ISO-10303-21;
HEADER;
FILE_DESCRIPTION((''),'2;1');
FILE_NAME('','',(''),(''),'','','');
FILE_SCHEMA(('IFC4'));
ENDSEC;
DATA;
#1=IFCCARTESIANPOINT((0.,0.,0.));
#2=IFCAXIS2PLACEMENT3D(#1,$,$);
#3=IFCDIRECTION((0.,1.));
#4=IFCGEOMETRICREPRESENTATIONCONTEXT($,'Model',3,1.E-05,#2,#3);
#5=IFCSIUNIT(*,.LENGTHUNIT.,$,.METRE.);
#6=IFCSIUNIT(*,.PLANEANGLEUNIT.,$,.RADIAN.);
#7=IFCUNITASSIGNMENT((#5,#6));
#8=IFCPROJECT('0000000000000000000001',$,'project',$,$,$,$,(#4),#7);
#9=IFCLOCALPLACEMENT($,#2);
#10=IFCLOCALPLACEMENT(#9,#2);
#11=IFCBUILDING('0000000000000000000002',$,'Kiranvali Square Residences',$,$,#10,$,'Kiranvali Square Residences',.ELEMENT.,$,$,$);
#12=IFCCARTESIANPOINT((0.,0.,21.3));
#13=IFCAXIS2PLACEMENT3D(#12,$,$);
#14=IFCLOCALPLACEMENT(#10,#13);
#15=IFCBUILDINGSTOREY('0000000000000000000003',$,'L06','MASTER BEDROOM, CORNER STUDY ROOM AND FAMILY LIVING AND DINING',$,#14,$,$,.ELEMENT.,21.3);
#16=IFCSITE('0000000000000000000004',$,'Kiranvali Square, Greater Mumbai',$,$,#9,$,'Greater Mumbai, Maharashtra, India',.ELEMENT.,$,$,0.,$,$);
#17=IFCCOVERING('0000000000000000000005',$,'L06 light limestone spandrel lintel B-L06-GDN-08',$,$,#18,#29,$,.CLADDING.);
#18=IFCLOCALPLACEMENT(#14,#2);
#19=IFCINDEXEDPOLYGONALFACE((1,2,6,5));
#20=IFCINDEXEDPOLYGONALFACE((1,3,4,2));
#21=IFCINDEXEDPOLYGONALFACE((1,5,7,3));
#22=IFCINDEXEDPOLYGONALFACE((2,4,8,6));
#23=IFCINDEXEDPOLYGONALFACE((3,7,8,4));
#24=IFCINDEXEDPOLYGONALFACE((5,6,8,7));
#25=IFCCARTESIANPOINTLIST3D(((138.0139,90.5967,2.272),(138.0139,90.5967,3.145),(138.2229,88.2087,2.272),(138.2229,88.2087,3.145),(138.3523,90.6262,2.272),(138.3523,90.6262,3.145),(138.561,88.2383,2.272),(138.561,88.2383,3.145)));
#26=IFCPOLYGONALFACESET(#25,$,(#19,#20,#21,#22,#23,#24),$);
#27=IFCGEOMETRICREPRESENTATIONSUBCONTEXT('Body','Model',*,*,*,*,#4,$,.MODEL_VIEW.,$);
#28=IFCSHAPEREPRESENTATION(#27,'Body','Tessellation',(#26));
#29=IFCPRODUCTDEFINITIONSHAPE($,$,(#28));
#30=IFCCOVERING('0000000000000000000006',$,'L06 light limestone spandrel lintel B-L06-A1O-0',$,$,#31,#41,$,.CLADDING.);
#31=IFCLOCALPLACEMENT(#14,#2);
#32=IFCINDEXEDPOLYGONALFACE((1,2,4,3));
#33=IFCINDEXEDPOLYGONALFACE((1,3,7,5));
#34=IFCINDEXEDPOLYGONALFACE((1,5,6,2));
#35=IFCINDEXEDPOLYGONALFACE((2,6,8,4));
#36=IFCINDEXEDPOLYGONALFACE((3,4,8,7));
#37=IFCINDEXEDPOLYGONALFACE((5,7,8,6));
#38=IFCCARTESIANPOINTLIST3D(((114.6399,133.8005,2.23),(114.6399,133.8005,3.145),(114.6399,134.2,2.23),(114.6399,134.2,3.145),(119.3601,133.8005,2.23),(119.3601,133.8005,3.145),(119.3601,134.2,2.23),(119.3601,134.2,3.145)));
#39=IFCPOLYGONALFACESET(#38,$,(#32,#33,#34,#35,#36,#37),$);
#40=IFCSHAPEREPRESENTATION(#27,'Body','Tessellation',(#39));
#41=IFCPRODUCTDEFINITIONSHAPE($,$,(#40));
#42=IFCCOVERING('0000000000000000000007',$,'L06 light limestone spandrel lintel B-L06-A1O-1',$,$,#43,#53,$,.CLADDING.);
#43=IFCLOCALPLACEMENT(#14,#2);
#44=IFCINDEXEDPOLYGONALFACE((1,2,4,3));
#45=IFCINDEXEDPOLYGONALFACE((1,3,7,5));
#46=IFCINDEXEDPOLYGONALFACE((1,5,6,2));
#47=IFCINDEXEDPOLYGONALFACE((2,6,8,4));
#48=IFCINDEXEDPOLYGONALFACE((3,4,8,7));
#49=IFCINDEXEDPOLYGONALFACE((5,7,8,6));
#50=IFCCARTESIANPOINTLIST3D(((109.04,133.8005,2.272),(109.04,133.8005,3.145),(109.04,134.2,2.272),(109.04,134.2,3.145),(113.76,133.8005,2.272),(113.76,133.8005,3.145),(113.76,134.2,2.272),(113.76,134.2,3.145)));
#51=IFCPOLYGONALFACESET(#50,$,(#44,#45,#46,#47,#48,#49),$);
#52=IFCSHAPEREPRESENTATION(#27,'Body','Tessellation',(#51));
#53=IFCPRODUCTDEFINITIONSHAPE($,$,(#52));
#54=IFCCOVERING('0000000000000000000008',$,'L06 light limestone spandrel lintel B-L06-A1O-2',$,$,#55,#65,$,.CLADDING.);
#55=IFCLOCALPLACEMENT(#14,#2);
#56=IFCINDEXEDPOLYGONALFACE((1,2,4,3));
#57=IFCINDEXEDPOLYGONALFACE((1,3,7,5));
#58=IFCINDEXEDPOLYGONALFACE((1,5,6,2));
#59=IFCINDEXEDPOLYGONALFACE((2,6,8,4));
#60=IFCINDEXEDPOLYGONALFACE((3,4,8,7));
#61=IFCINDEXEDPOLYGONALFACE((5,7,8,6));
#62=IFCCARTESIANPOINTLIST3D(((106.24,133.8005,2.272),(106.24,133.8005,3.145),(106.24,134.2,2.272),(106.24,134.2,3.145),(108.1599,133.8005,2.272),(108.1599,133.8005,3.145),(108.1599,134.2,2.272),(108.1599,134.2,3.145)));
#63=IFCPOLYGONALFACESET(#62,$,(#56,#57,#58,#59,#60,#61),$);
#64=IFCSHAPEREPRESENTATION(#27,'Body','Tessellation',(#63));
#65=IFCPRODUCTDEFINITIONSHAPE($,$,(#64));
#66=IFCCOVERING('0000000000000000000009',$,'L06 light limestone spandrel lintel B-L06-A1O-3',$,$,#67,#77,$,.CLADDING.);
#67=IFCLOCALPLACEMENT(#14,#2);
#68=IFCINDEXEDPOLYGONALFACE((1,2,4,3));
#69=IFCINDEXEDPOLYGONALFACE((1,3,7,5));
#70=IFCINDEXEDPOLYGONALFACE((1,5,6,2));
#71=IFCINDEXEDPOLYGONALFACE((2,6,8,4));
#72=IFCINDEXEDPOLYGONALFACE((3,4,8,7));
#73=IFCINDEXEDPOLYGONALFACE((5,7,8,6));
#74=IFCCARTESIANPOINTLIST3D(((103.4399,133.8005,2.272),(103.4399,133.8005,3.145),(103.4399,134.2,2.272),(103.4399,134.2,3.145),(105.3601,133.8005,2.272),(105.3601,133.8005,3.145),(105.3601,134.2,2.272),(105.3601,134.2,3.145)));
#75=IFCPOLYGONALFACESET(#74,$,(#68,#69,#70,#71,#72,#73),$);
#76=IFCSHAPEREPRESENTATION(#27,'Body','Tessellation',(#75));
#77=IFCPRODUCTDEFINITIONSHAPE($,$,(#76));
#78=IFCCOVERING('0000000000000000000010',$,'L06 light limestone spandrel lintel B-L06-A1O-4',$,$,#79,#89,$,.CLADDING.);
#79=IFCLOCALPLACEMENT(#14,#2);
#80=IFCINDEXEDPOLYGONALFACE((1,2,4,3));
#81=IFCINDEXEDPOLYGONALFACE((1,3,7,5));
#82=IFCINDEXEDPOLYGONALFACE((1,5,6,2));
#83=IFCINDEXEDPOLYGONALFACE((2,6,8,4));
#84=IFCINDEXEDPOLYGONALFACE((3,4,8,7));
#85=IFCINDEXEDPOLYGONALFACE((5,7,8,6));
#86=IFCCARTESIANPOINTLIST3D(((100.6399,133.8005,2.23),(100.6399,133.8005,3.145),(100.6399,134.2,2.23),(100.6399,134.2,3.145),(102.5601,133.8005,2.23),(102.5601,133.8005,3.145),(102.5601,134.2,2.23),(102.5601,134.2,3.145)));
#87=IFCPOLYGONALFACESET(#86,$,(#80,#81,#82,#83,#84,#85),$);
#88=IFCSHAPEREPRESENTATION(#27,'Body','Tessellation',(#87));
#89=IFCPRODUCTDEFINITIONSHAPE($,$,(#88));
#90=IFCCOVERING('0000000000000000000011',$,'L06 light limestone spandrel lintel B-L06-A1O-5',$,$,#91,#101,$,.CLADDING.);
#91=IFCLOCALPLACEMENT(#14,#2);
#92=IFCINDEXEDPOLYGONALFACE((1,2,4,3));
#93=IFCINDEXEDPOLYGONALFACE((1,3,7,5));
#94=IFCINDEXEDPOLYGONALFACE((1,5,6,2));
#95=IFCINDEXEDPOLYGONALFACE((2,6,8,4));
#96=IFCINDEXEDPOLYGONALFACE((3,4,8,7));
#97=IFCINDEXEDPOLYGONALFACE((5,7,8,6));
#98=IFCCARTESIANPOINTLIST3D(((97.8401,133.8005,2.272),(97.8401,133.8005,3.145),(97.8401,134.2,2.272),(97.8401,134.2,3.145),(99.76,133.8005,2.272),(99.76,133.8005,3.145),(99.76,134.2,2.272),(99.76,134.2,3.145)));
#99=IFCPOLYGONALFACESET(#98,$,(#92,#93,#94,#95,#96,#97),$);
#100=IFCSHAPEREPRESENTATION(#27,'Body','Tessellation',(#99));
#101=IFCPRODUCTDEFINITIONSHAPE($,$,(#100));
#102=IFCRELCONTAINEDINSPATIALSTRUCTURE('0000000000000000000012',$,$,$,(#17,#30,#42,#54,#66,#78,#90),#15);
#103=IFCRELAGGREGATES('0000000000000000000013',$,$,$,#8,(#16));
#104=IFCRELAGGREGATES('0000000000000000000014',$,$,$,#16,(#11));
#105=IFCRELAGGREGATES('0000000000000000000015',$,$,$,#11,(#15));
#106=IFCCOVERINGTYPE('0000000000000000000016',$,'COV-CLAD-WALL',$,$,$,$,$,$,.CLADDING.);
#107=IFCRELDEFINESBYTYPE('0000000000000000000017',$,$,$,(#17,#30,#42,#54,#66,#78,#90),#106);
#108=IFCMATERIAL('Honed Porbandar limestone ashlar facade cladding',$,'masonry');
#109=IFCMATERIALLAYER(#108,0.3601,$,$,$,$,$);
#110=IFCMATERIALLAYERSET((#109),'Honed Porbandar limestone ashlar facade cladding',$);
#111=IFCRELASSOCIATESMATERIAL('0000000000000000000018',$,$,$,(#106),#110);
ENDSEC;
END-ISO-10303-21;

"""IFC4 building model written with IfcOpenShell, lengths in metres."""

from ifc_helpers import new_model, si_unit, direction, frame, origin, place, context, subcontext, project, spatial, polyline, outline, extrude, material, layer, layer_set, type_object, element, save


model = new_model("IFC4")

# Units and contexts
model_context = context("Model", 3, precision=1e-05, world=origin(), true_north=direction((0.0, 1.0)))
body_context = subcontext(model_context, "Body", "Model", "MODEL_VIEW")
ifc_project = project(units=[si_unit("LENGTHUNIT", "METRE"), si_unit("PLANEANGLEUNIT", "RADIAN")], contexts=[model_context])

# Site, building, storey
site_placement = place(None, origin())
site = spatial("IfcSite", under=ifc_project, at=site_placement, Name="Kiranvali Square, Greater Mumbai", LongName="Greater Mumbai, Maharashtra, India", CompositionType="ELEMENT", RefElevation=0.0)
building_placement = place(site_placement, origin())
building = spatial("IfcBuilding", under=site, at=building_placement, Name="Kiranvali Square Residences", LongName="Kiranvali Square Residences", CompositionType="ELEMENT")
storey_placement = place(building_placement, frame((0.0, 0.0, 21.3)))
storey = spatial("IfcBuildingStorey", under=building, at=storey_placement, Name="L06", Description="MASTER BEDROOM, CORNER STUDY ROOM AND FAMILY LIVING AND DINING", CompositionType="ELEMENT", Elevation=21.3)

# Coverings
ifc_material = material(Name="Honed Porbandar limestone ashlar facade cladding", Category="masonry")
ifc_layer = layer(ifc_material, 0.3601)
ifc_layer_set = layer_set([ifc_layer], Name="Honed Porbandar limestone ashlar facade cladding")
covering_type = type_object("IfcCoveringType", Name="COV-CLAD-WALL", PredefinedType="CLADDING", material=ifc_layer_set)
covering_1_placement = place(storey_placement, frame((0.0, 0.0, 2.272)))
element("IfcCovering", 1, at=covering_1_placement, inside=storey, type_object=covering_type, Name="L06 light limestone spandrel lintel B-L06-GDN-08", PredefinedType="CLADDING", context=body_context, shape_type="SweptSolid", body=[
    extrude(outline(polyline([(138.0139, 90.5967), (138.2229, 88.2087), (138.561, 88.2383), (138.3523, 90.6262), (138.0139, 90.5967)])), origin(), (0.0, 0.0, 1.0), 0.873),
])
covering_2_placement = place(storey_placement, frame((0.0, 0.0, 2.23)))
element("IfcCovering", 2, at=covering_2_placement, inside=storey, type_object=covering_type, Name="L06 light limestone spandrel lintel B-L06-A1O-0", PredefinedType="CLADDING", context=body_context, shape_type="SweptSolid", body=[
    extrude(outline(polyline([(119.3601, 134.2), (114.6399, 134.2), (114.6399, 133.8005), (119.3601, 133.8005), (119.3601, 134.2)])), origin(), (0.0, 0.0, 1.0), 0.915),
])
covering_3_placement = place(storey_placement, frame((0.0, 0.0, 2.272)))
element("IfcCovering", 3, at=covering_3_placement, inside=storey, type_object=covering_type, Name="L06 light limestone spandrel lintel B-L06-A1O-1", PredefinedType="CLADDING", context=body_context, shape_type="SweptSolid", body=[
    extrude(outline(polyline([(113.76, 134.2), (109.04, 134.2), (109.04, 133.8005), (113.76, 133.8005), (113.76, 134.2)])), origin(), (0.0, 0.0, 1.0), 0.873),
])
covering_4_placement = place(storey_placement, frame((0.0, 0.0, 2.272)))
element("IfcCovering", 4, at=covering_4_placement, inside=storey, type_object=covering_type, Name="L06 light limestone spandrel lintel B-L06-A1O-2", PredefinedType="CLADDING", context=body_context, shape_type="SweptSolid", body=[
    extrude(outline(polyline([(108.1599, 134.2), (106.24, 134.2), (106.24, 133.8005), (108.1599, 133.8005), (108.1599, 134.2)])), origin(), (0.0, 0.0, 1.0), 0.873),
])
covering_5_placement = place(storey_placement, frame((0.0, 0.0, 2.272)))
element("IfcCovering", 5, at=covering_5_placement, inside=storey, type_object=covering_type, Name="L06 light limestone spandrel lintel B-L06-A1O-3", PredefinedType="CLADDING", context=body_context, shape_type="SweptSolid", body=[
    extrude(outline(polyline([(105.3601, 134.2), (103.4399, 134.2), (103.4399, 133.8005), (105.3601, 133.8005), (105.3601, 134.2)])), origin(), (0.0, 0.0, 1.0), 0.873),
])
covering_6_placement = place(storey_placement, frame((0.0, 0.0, 2.23)))
element("IfcCovering", 6, at=covering_6_placement, inside=storey, type_object=covering_type, Name="L06 light limestone spandrel lintel B-L06-A1O-4", PredefinedType="CLADDING", context=body_context, shape_type="SweptSolid", body=[
    extrude(outline(polyline([(102.5601, 134.2), (100.6399, 134.2), (100.6399, 133.8005), (102.5601, 133.8005), (102.5601, 134.2)])), origin(), (0.0, 0.0, 1.0), 0.915),
])
covering_7_placement = place(storey_placement, frame((0.0, 0.0, 2.272)))
element("IfcCovering", 7, at=covering_7_placement, inside=storey, type_object=covering_type, Name="L06 light limestone spandrel lintel B-L06-A1O-5", PredefinedType="CLADDING", context=body_context, shape_type="SweptSolid", body=[
    extrude(outline(polyline([(99.76, 134.2), (97.8401, 134.2), (97.8401, 133.8005), (99.76, 133.8005), (99.76, 134.2)])), origin(), (0.0, 0.0, 1.0), 0.873),
])

save(model, "model.ifc")
